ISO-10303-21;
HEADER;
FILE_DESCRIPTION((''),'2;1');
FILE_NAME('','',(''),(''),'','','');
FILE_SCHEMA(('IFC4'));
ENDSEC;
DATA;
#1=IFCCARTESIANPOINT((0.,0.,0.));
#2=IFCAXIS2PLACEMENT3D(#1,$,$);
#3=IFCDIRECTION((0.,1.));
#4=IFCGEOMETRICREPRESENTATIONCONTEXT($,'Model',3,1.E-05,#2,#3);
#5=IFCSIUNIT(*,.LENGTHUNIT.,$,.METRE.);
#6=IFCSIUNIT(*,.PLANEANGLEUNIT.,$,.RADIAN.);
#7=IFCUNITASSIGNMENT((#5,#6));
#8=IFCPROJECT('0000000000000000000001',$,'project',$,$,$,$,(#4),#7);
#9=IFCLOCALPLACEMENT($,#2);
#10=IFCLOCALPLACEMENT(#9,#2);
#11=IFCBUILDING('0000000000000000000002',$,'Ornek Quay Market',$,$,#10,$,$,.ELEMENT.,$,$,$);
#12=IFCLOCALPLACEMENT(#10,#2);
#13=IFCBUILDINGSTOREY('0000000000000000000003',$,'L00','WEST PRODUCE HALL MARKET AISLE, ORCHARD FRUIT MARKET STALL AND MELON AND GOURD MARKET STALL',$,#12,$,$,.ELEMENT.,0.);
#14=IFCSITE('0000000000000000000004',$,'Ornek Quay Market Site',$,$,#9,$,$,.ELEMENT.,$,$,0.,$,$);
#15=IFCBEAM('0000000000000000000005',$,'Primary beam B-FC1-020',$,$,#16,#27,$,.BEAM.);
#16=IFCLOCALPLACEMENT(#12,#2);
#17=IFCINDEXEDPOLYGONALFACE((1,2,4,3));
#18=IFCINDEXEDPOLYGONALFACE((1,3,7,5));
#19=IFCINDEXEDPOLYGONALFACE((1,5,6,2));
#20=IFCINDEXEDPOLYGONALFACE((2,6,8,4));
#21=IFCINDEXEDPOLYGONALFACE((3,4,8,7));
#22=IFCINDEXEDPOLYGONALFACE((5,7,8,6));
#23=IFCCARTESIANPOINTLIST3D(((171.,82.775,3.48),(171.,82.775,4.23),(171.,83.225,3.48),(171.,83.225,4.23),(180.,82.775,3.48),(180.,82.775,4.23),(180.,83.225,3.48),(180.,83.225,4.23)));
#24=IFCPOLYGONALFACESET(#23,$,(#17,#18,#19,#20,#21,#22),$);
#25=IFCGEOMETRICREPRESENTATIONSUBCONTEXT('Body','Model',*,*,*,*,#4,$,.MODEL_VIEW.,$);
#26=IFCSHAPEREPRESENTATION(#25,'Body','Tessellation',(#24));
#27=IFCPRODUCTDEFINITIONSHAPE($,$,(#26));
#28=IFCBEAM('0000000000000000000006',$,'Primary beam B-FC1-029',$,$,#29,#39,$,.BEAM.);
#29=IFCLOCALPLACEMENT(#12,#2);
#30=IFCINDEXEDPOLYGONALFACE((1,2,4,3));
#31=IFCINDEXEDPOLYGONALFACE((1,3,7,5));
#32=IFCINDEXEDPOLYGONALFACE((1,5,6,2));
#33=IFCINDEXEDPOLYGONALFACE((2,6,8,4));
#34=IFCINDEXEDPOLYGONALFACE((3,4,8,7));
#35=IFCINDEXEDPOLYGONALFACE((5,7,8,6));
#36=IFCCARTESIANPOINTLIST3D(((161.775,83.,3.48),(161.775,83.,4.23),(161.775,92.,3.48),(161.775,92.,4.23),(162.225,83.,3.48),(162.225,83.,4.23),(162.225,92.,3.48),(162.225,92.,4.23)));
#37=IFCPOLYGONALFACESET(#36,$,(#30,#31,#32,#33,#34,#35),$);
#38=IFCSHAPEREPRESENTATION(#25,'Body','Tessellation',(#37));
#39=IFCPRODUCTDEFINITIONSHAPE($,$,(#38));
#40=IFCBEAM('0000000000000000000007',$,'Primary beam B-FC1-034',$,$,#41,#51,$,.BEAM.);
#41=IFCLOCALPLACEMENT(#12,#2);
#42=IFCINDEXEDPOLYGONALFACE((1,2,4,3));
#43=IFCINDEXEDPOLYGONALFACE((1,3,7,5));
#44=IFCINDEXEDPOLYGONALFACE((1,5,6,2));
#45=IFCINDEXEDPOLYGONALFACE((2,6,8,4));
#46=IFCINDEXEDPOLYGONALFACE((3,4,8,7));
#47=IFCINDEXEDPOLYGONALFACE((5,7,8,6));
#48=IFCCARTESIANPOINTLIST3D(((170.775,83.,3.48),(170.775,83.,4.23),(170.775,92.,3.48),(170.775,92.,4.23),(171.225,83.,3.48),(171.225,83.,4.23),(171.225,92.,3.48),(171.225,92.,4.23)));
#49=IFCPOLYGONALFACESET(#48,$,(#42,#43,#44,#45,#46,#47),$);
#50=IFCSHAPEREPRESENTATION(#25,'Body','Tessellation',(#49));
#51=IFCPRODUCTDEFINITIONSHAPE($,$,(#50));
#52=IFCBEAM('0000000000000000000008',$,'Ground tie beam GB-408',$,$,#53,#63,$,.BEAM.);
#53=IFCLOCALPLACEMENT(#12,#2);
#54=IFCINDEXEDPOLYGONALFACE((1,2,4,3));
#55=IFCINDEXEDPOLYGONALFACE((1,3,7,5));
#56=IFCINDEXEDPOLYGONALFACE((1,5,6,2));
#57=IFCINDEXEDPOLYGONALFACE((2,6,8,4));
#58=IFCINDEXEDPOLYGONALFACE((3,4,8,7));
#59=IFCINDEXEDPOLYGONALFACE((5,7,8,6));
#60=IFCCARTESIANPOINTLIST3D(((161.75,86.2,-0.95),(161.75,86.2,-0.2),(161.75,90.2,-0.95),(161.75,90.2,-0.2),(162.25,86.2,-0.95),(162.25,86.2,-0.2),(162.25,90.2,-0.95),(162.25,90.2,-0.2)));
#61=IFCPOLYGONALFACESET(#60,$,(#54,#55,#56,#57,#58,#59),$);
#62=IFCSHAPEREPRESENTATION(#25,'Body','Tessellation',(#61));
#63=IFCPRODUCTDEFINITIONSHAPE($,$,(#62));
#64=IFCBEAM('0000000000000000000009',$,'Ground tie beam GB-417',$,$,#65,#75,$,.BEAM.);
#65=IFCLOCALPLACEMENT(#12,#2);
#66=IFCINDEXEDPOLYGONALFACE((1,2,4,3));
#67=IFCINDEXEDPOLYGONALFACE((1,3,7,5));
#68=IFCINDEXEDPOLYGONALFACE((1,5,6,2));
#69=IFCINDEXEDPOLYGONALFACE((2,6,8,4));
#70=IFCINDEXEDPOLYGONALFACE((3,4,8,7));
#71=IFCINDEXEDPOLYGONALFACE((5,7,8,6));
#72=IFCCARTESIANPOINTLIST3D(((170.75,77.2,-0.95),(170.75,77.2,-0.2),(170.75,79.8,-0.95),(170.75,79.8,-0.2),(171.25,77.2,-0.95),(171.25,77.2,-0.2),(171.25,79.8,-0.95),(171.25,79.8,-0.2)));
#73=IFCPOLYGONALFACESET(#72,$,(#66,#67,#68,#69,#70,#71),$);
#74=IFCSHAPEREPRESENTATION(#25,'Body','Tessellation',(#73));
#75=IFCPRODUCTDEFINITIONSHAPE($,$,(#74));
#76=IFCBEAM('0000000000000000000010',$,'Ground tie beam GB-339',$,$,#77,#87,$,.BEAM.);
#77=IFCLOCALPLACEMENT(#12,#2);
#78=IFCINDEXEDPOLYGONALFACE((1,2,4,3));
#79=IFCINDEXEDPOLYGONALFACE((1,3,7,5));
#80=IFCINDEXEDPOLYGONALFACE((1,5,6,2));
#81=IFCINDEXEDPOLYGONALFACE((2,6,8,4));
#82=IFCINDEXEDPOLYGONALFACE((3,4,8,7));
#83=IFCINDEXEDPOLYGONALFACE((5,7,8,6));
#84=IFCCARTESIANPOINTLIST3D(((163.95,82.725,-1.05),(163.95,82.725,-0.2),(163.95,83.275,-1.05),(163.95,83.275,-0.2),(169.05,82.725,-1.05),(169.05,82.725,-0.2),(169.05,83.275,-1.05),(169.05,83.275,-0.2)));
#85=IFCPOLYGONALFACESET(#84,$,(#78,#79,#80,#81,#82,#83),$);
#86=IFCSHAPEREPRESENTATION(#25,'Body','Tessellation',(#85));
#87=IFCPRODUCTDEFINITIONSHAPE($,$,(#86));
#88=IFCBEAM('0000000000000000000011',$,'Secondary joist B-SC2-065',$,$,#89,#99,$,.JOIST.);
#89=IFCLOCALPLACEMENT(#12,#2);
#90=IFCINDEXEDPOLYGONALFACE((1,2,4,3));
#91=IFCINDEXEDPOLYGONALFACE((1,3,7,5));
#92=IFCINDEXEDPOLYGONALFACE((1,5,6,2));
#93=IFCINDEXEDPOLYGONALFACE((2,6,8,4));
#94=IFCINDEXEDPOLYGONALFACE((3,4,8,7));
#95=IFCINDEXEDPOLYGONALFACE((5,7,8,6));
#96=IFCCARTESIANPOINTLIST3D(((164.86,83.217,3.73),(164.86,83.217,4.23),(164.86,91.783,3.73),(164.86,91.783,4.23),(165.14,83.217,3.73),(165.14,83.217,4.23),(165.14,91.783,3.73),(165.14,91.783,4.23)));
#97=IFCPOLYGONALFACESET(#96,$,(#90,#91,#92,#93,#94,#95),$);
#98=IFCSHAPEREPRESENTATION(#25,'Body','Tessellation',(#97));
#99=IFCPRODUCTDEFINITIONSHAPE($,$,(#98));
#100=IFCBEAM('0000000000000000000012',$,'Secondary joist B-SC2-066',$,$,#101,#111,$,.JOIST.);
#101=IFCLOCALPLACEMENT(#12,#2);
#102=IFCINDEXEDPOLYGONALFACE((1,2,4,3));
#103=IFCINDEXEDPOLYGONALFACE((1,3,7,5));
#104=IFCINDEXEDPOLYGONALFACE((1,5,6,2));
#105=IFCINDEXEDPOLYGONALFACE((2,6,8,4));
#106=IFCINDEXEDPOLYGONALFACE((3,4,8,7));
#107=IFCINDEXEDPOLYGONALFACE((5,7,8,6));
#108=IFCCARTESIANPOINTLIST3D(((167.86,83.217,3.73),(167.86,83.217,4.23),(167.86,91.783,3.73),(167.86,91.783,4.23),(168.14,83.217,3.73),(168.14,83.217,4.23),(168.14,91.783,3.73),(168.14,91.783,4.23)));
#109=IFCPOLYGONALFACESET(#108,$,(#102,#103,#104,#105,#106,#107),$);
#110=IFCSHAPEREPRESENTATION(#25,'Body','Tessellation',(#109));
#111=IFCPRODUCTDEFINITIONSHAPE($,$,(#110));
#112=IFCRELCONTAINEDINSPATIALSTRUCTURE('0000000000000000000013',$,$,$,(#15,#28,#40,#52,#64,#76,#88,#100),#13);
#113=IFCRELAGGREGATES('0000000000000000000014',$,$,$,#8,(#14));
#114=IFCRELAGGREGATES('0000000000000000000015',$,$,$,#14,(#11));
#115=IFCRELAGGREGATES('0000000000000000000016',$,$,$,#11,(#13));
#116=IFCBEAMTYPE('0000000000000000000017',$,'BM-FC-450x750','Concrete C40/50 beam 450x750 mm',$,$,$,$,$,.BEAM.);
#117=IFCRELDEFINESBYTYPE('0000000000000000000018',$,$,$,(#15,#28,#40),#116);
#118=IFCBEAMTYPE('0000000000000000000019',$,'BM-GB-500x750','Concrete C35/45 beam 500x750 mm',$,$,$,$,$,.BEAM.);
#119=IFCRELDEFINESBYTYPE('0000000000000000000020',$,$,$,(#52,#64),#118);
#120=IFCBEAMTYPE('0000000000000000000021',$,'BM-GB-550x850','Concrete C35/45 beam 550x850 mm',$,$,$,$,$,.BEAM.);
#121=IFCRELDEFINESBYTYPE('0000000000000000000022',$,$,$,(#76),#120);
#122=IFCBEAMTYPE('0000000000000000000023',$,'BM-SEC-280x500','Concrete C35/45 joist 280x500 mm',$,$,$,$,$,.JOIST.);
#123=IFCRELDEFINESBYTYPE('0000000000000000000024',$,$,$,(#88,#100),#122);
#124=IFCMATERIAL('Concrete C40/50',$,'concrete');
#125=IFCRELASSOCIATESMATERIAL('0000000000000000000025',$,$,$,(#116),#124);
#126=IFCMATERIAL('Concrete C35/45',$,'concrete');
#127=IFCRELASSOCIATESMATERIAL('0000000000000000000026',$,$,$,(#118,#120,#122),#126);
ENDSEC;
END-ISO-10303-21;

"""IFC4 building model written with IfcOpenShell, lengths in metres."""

from ifc_helpers import new_model, si_unit, direction, frame, origin, origin_2d, place, context, subcontext, project, spatial, rectangle, extrude, material, material_profile, profile_set, type_object, element, save


model = new_model("IFC4")

# Units and contexts
model_context = context("Model", 3, precision=1e-05, world=origin(), true_north=direction((0.0, 1.0)))
body_context = subcontext(model_context, "Body", "Model", "MODEL_VIEW")
ifc_project = project(units=[si_unit("LENGTHUNIT", "METRE"), si_unit("PLANEANGLEUNIT", "RADIAN")], contexts=[model_context])

# Site, building, storey
site_placement = place(None, origin())
site = spatial("IfcSite", under=ifc_project, at=site_placement, Name="Ornek Quay Market Site", CompositionType="ELEMENT", RefElevation=0.0)
building_placement = place(site_placement, origin())
building = spatial("IfcBuilding", under=site, at=building_placement, Name="Ornek Quay Market", CompositionType="ELEMENT")
storey_placement = place(building_placement, origin())
storey = spatial("IfcBuildingStorey", under=building, at=storey_placement, Name="L00", Description="WEST PRODUCE HALL MARKET AISLE, ORCHARD FRUIT MARKET STALL AND MELON AND GOURD MARKET STALL", CompositionType="ELEMENT", Elevation=0.0)

# Shared definitions
ifc_material_1 = material(Name="Concrete C35/45", Category="concrete")

# Shared definitions
ifc_material_2 = material(Name="Concrete C40/50", Category="concrete")

# Beams
ifc_material_profile_1 = material_profile(ifc_material_2, rectangle(XDim=0.45, YDim=0.75, at=origin_2d()), Name="RC 450x750", Category="concrete")
ifc_profile_set_1 = profile_set([ifc_material_profile_1], Name="Concrete C40/50")
beam_type_1 = type_object("IfcBeamType", Name="BM-FC-450x750", Description="Concrete C40/50 beam 450x750 mm", PredefinedType="BEAM", material=ifc_profile_set_1)
for number, where, z_axis, x_axis, name in (
    (1, (171.0, 83.0, 3.855), (1.0, 0.0, 0.0), (0.0, 1.0, 0.0), "Primary beam B-FC1-020"),
    (2, (162.0, 83.0, 3.855), (0.0, 1.0, 0.0), (-1.0, 0.0, 0.0), "Primary beam B-FC1-029"),
    (3, (171.0, 83.0, 3.855), (0.0, 1.0, 0.0), (-1.0, 0.0, 0.0), "Primary beam B-FC1-034"),
):
    element("IfcBeam", number, at=place(storey_placement, frame(where, z_axis=z_axis, x_axis=x_axis)), inside=storey, type_object=beam_type_1, Name=name, PredefinedType="BEAM", context=body_context, shape_type="SweptSolid", body=[
        extrude(rectangle(XDim=0.45, YDim=0.75, at=origin_2d()), origin(), (0.0, 0.0, 1.0), 9.0),
    ])
ifc_material_profile_2 = material_profile(ifc_material_1, rectangle(XDim=0.5, YDim=0.75, at=origin_2d()), Name="RC 500x750", Category="concrete")
ifc_profile_set_2 = profile_set([ifc_material_profile_2], Name="Concrete C35/45")
beam_type_2 = type_object("IfcBeamType", Name="BM-GB-500x750", Description="Concrete C35/45 beam 500x750 mm", PredefinedType="BEAM", material=ifc_profile_set_2)
beam_1_placement = place(storey_placement, frame((162.0, 86.2, -0.575), z_axis=(0.0, 1.0, 0.0), x_axis=(-1.0, 0.0, 0.0)))
element("IfcBeam", 4, at=beam_1_placement, inside=storey, type_object=beam_type_2, Name="Ground tie beam GB-408", PredefinedType="BEAM", context=body_context, shape_type="SweptSolid", body=[
    extrude(rectangle(XDim=0.5, YDim=0.75, at=origin_2d()), origin(), (0.0, 0.0, 1.0), 4.0),
])
beam_2_placement = place(storey_placement, frame((171.0, 77.2, -0.575), z_axis=(0.0, 1.0, 0.0), x_axis=(-1.0, 0.0, 0.0)))
element("IfcBeam", 5, at=beam_2_placement, inside=storey, type_object=beam_type_2, Name="Ground tie beam GB-417", PredefinedType="BEAM", context=body_context, shape_type="SweptSolid", body=[
    extrude(rectangle(XDim=0.5, YDim=0.75, at=origin_2d()), origin(), (0.0, 0.0, 1.0), 2.6001),
])
ifc_material_profile_3 = material_profile(ifc_material_1, rectangle(XDim=0.55, YDim=0.8501, at=origin_2d()), Name="RC 550x850", Category="concrete")
ifc_profile_set_3 = profile_set([ifc_material_profile_3], Name="Concrete C35/45")
beam_type_3 = type_object("IfcBeamType", Name="BM-GB-550x850", Description="Concrete C35/45 beam 550x850 mm", PredefinedType="BEAM", material=ifc_profile_set_3)
beam_3_placement = place(storey_placement, frame((163.95, 83.0, -0.625), z_axis=(1.0, 0.0, 0.0), x_axis=(0.0, 1.0, 0.0)))
element("IfcBeam", 6, at=beam_3_placement, inside=storey, type_object=beam_type_3, Name="Ground tie beam GB-339", PredefinedType="BEAM", context=body_context, shape_type="SweptSolid", body=[
    extrude(rectangle(XDim=0.55, YDim=0.8501, at=origin_2d()), origin(), (0.0, 0.0, 1.0), 5.1001),
])
ifc_material_profile_4 = material_profile(ifc_material_1, rectangle(XDim=0.28, YDim=0.5, at=origin_2d()), Name="RC 280x500", Category="concrete")
ifc_profile_set_4 = profile_set([ifc_material_profile_4], Name="Concrete C35/45")
beam_type_4 = type_object("IfcBeamType", Name="BM-SEC-280x500", Description="Concrete C35/45 joist 280x500 mm", PredefinedType="JOIST", material=ifc_profile_set_4)
for number, where, z_axis, x_axis, name in (
    (7, (165.0, 83.217, 3.98), (0.0, 1.0, 0.0), (-1.0, 0.0, 0.0), "Secondary joist B-SC2-065"),
    (8, (168.0, 83.217, 3.98), (0.0, 1.0, 0.0), (-1.0, 0.0, 0.0), "Secondary joist B-SC2-066"),
):
    element("IfcBeam", number, at=place(storey_placement, frame(where, z_axis=z_axis, x_axis=x_axis)), inside=storey, type_object=beam_type_4, Name=name, PredefinedType="JOIST", context=body_context, shape_type="SweptSolid", body=[
        extrude(rectangle(XDim=0.28, YDim=0.5, at=origin_2d()), origin(), (0.0, 0.0, 1.0), 8.5659),
    ])

save(model, "model.ifc")
